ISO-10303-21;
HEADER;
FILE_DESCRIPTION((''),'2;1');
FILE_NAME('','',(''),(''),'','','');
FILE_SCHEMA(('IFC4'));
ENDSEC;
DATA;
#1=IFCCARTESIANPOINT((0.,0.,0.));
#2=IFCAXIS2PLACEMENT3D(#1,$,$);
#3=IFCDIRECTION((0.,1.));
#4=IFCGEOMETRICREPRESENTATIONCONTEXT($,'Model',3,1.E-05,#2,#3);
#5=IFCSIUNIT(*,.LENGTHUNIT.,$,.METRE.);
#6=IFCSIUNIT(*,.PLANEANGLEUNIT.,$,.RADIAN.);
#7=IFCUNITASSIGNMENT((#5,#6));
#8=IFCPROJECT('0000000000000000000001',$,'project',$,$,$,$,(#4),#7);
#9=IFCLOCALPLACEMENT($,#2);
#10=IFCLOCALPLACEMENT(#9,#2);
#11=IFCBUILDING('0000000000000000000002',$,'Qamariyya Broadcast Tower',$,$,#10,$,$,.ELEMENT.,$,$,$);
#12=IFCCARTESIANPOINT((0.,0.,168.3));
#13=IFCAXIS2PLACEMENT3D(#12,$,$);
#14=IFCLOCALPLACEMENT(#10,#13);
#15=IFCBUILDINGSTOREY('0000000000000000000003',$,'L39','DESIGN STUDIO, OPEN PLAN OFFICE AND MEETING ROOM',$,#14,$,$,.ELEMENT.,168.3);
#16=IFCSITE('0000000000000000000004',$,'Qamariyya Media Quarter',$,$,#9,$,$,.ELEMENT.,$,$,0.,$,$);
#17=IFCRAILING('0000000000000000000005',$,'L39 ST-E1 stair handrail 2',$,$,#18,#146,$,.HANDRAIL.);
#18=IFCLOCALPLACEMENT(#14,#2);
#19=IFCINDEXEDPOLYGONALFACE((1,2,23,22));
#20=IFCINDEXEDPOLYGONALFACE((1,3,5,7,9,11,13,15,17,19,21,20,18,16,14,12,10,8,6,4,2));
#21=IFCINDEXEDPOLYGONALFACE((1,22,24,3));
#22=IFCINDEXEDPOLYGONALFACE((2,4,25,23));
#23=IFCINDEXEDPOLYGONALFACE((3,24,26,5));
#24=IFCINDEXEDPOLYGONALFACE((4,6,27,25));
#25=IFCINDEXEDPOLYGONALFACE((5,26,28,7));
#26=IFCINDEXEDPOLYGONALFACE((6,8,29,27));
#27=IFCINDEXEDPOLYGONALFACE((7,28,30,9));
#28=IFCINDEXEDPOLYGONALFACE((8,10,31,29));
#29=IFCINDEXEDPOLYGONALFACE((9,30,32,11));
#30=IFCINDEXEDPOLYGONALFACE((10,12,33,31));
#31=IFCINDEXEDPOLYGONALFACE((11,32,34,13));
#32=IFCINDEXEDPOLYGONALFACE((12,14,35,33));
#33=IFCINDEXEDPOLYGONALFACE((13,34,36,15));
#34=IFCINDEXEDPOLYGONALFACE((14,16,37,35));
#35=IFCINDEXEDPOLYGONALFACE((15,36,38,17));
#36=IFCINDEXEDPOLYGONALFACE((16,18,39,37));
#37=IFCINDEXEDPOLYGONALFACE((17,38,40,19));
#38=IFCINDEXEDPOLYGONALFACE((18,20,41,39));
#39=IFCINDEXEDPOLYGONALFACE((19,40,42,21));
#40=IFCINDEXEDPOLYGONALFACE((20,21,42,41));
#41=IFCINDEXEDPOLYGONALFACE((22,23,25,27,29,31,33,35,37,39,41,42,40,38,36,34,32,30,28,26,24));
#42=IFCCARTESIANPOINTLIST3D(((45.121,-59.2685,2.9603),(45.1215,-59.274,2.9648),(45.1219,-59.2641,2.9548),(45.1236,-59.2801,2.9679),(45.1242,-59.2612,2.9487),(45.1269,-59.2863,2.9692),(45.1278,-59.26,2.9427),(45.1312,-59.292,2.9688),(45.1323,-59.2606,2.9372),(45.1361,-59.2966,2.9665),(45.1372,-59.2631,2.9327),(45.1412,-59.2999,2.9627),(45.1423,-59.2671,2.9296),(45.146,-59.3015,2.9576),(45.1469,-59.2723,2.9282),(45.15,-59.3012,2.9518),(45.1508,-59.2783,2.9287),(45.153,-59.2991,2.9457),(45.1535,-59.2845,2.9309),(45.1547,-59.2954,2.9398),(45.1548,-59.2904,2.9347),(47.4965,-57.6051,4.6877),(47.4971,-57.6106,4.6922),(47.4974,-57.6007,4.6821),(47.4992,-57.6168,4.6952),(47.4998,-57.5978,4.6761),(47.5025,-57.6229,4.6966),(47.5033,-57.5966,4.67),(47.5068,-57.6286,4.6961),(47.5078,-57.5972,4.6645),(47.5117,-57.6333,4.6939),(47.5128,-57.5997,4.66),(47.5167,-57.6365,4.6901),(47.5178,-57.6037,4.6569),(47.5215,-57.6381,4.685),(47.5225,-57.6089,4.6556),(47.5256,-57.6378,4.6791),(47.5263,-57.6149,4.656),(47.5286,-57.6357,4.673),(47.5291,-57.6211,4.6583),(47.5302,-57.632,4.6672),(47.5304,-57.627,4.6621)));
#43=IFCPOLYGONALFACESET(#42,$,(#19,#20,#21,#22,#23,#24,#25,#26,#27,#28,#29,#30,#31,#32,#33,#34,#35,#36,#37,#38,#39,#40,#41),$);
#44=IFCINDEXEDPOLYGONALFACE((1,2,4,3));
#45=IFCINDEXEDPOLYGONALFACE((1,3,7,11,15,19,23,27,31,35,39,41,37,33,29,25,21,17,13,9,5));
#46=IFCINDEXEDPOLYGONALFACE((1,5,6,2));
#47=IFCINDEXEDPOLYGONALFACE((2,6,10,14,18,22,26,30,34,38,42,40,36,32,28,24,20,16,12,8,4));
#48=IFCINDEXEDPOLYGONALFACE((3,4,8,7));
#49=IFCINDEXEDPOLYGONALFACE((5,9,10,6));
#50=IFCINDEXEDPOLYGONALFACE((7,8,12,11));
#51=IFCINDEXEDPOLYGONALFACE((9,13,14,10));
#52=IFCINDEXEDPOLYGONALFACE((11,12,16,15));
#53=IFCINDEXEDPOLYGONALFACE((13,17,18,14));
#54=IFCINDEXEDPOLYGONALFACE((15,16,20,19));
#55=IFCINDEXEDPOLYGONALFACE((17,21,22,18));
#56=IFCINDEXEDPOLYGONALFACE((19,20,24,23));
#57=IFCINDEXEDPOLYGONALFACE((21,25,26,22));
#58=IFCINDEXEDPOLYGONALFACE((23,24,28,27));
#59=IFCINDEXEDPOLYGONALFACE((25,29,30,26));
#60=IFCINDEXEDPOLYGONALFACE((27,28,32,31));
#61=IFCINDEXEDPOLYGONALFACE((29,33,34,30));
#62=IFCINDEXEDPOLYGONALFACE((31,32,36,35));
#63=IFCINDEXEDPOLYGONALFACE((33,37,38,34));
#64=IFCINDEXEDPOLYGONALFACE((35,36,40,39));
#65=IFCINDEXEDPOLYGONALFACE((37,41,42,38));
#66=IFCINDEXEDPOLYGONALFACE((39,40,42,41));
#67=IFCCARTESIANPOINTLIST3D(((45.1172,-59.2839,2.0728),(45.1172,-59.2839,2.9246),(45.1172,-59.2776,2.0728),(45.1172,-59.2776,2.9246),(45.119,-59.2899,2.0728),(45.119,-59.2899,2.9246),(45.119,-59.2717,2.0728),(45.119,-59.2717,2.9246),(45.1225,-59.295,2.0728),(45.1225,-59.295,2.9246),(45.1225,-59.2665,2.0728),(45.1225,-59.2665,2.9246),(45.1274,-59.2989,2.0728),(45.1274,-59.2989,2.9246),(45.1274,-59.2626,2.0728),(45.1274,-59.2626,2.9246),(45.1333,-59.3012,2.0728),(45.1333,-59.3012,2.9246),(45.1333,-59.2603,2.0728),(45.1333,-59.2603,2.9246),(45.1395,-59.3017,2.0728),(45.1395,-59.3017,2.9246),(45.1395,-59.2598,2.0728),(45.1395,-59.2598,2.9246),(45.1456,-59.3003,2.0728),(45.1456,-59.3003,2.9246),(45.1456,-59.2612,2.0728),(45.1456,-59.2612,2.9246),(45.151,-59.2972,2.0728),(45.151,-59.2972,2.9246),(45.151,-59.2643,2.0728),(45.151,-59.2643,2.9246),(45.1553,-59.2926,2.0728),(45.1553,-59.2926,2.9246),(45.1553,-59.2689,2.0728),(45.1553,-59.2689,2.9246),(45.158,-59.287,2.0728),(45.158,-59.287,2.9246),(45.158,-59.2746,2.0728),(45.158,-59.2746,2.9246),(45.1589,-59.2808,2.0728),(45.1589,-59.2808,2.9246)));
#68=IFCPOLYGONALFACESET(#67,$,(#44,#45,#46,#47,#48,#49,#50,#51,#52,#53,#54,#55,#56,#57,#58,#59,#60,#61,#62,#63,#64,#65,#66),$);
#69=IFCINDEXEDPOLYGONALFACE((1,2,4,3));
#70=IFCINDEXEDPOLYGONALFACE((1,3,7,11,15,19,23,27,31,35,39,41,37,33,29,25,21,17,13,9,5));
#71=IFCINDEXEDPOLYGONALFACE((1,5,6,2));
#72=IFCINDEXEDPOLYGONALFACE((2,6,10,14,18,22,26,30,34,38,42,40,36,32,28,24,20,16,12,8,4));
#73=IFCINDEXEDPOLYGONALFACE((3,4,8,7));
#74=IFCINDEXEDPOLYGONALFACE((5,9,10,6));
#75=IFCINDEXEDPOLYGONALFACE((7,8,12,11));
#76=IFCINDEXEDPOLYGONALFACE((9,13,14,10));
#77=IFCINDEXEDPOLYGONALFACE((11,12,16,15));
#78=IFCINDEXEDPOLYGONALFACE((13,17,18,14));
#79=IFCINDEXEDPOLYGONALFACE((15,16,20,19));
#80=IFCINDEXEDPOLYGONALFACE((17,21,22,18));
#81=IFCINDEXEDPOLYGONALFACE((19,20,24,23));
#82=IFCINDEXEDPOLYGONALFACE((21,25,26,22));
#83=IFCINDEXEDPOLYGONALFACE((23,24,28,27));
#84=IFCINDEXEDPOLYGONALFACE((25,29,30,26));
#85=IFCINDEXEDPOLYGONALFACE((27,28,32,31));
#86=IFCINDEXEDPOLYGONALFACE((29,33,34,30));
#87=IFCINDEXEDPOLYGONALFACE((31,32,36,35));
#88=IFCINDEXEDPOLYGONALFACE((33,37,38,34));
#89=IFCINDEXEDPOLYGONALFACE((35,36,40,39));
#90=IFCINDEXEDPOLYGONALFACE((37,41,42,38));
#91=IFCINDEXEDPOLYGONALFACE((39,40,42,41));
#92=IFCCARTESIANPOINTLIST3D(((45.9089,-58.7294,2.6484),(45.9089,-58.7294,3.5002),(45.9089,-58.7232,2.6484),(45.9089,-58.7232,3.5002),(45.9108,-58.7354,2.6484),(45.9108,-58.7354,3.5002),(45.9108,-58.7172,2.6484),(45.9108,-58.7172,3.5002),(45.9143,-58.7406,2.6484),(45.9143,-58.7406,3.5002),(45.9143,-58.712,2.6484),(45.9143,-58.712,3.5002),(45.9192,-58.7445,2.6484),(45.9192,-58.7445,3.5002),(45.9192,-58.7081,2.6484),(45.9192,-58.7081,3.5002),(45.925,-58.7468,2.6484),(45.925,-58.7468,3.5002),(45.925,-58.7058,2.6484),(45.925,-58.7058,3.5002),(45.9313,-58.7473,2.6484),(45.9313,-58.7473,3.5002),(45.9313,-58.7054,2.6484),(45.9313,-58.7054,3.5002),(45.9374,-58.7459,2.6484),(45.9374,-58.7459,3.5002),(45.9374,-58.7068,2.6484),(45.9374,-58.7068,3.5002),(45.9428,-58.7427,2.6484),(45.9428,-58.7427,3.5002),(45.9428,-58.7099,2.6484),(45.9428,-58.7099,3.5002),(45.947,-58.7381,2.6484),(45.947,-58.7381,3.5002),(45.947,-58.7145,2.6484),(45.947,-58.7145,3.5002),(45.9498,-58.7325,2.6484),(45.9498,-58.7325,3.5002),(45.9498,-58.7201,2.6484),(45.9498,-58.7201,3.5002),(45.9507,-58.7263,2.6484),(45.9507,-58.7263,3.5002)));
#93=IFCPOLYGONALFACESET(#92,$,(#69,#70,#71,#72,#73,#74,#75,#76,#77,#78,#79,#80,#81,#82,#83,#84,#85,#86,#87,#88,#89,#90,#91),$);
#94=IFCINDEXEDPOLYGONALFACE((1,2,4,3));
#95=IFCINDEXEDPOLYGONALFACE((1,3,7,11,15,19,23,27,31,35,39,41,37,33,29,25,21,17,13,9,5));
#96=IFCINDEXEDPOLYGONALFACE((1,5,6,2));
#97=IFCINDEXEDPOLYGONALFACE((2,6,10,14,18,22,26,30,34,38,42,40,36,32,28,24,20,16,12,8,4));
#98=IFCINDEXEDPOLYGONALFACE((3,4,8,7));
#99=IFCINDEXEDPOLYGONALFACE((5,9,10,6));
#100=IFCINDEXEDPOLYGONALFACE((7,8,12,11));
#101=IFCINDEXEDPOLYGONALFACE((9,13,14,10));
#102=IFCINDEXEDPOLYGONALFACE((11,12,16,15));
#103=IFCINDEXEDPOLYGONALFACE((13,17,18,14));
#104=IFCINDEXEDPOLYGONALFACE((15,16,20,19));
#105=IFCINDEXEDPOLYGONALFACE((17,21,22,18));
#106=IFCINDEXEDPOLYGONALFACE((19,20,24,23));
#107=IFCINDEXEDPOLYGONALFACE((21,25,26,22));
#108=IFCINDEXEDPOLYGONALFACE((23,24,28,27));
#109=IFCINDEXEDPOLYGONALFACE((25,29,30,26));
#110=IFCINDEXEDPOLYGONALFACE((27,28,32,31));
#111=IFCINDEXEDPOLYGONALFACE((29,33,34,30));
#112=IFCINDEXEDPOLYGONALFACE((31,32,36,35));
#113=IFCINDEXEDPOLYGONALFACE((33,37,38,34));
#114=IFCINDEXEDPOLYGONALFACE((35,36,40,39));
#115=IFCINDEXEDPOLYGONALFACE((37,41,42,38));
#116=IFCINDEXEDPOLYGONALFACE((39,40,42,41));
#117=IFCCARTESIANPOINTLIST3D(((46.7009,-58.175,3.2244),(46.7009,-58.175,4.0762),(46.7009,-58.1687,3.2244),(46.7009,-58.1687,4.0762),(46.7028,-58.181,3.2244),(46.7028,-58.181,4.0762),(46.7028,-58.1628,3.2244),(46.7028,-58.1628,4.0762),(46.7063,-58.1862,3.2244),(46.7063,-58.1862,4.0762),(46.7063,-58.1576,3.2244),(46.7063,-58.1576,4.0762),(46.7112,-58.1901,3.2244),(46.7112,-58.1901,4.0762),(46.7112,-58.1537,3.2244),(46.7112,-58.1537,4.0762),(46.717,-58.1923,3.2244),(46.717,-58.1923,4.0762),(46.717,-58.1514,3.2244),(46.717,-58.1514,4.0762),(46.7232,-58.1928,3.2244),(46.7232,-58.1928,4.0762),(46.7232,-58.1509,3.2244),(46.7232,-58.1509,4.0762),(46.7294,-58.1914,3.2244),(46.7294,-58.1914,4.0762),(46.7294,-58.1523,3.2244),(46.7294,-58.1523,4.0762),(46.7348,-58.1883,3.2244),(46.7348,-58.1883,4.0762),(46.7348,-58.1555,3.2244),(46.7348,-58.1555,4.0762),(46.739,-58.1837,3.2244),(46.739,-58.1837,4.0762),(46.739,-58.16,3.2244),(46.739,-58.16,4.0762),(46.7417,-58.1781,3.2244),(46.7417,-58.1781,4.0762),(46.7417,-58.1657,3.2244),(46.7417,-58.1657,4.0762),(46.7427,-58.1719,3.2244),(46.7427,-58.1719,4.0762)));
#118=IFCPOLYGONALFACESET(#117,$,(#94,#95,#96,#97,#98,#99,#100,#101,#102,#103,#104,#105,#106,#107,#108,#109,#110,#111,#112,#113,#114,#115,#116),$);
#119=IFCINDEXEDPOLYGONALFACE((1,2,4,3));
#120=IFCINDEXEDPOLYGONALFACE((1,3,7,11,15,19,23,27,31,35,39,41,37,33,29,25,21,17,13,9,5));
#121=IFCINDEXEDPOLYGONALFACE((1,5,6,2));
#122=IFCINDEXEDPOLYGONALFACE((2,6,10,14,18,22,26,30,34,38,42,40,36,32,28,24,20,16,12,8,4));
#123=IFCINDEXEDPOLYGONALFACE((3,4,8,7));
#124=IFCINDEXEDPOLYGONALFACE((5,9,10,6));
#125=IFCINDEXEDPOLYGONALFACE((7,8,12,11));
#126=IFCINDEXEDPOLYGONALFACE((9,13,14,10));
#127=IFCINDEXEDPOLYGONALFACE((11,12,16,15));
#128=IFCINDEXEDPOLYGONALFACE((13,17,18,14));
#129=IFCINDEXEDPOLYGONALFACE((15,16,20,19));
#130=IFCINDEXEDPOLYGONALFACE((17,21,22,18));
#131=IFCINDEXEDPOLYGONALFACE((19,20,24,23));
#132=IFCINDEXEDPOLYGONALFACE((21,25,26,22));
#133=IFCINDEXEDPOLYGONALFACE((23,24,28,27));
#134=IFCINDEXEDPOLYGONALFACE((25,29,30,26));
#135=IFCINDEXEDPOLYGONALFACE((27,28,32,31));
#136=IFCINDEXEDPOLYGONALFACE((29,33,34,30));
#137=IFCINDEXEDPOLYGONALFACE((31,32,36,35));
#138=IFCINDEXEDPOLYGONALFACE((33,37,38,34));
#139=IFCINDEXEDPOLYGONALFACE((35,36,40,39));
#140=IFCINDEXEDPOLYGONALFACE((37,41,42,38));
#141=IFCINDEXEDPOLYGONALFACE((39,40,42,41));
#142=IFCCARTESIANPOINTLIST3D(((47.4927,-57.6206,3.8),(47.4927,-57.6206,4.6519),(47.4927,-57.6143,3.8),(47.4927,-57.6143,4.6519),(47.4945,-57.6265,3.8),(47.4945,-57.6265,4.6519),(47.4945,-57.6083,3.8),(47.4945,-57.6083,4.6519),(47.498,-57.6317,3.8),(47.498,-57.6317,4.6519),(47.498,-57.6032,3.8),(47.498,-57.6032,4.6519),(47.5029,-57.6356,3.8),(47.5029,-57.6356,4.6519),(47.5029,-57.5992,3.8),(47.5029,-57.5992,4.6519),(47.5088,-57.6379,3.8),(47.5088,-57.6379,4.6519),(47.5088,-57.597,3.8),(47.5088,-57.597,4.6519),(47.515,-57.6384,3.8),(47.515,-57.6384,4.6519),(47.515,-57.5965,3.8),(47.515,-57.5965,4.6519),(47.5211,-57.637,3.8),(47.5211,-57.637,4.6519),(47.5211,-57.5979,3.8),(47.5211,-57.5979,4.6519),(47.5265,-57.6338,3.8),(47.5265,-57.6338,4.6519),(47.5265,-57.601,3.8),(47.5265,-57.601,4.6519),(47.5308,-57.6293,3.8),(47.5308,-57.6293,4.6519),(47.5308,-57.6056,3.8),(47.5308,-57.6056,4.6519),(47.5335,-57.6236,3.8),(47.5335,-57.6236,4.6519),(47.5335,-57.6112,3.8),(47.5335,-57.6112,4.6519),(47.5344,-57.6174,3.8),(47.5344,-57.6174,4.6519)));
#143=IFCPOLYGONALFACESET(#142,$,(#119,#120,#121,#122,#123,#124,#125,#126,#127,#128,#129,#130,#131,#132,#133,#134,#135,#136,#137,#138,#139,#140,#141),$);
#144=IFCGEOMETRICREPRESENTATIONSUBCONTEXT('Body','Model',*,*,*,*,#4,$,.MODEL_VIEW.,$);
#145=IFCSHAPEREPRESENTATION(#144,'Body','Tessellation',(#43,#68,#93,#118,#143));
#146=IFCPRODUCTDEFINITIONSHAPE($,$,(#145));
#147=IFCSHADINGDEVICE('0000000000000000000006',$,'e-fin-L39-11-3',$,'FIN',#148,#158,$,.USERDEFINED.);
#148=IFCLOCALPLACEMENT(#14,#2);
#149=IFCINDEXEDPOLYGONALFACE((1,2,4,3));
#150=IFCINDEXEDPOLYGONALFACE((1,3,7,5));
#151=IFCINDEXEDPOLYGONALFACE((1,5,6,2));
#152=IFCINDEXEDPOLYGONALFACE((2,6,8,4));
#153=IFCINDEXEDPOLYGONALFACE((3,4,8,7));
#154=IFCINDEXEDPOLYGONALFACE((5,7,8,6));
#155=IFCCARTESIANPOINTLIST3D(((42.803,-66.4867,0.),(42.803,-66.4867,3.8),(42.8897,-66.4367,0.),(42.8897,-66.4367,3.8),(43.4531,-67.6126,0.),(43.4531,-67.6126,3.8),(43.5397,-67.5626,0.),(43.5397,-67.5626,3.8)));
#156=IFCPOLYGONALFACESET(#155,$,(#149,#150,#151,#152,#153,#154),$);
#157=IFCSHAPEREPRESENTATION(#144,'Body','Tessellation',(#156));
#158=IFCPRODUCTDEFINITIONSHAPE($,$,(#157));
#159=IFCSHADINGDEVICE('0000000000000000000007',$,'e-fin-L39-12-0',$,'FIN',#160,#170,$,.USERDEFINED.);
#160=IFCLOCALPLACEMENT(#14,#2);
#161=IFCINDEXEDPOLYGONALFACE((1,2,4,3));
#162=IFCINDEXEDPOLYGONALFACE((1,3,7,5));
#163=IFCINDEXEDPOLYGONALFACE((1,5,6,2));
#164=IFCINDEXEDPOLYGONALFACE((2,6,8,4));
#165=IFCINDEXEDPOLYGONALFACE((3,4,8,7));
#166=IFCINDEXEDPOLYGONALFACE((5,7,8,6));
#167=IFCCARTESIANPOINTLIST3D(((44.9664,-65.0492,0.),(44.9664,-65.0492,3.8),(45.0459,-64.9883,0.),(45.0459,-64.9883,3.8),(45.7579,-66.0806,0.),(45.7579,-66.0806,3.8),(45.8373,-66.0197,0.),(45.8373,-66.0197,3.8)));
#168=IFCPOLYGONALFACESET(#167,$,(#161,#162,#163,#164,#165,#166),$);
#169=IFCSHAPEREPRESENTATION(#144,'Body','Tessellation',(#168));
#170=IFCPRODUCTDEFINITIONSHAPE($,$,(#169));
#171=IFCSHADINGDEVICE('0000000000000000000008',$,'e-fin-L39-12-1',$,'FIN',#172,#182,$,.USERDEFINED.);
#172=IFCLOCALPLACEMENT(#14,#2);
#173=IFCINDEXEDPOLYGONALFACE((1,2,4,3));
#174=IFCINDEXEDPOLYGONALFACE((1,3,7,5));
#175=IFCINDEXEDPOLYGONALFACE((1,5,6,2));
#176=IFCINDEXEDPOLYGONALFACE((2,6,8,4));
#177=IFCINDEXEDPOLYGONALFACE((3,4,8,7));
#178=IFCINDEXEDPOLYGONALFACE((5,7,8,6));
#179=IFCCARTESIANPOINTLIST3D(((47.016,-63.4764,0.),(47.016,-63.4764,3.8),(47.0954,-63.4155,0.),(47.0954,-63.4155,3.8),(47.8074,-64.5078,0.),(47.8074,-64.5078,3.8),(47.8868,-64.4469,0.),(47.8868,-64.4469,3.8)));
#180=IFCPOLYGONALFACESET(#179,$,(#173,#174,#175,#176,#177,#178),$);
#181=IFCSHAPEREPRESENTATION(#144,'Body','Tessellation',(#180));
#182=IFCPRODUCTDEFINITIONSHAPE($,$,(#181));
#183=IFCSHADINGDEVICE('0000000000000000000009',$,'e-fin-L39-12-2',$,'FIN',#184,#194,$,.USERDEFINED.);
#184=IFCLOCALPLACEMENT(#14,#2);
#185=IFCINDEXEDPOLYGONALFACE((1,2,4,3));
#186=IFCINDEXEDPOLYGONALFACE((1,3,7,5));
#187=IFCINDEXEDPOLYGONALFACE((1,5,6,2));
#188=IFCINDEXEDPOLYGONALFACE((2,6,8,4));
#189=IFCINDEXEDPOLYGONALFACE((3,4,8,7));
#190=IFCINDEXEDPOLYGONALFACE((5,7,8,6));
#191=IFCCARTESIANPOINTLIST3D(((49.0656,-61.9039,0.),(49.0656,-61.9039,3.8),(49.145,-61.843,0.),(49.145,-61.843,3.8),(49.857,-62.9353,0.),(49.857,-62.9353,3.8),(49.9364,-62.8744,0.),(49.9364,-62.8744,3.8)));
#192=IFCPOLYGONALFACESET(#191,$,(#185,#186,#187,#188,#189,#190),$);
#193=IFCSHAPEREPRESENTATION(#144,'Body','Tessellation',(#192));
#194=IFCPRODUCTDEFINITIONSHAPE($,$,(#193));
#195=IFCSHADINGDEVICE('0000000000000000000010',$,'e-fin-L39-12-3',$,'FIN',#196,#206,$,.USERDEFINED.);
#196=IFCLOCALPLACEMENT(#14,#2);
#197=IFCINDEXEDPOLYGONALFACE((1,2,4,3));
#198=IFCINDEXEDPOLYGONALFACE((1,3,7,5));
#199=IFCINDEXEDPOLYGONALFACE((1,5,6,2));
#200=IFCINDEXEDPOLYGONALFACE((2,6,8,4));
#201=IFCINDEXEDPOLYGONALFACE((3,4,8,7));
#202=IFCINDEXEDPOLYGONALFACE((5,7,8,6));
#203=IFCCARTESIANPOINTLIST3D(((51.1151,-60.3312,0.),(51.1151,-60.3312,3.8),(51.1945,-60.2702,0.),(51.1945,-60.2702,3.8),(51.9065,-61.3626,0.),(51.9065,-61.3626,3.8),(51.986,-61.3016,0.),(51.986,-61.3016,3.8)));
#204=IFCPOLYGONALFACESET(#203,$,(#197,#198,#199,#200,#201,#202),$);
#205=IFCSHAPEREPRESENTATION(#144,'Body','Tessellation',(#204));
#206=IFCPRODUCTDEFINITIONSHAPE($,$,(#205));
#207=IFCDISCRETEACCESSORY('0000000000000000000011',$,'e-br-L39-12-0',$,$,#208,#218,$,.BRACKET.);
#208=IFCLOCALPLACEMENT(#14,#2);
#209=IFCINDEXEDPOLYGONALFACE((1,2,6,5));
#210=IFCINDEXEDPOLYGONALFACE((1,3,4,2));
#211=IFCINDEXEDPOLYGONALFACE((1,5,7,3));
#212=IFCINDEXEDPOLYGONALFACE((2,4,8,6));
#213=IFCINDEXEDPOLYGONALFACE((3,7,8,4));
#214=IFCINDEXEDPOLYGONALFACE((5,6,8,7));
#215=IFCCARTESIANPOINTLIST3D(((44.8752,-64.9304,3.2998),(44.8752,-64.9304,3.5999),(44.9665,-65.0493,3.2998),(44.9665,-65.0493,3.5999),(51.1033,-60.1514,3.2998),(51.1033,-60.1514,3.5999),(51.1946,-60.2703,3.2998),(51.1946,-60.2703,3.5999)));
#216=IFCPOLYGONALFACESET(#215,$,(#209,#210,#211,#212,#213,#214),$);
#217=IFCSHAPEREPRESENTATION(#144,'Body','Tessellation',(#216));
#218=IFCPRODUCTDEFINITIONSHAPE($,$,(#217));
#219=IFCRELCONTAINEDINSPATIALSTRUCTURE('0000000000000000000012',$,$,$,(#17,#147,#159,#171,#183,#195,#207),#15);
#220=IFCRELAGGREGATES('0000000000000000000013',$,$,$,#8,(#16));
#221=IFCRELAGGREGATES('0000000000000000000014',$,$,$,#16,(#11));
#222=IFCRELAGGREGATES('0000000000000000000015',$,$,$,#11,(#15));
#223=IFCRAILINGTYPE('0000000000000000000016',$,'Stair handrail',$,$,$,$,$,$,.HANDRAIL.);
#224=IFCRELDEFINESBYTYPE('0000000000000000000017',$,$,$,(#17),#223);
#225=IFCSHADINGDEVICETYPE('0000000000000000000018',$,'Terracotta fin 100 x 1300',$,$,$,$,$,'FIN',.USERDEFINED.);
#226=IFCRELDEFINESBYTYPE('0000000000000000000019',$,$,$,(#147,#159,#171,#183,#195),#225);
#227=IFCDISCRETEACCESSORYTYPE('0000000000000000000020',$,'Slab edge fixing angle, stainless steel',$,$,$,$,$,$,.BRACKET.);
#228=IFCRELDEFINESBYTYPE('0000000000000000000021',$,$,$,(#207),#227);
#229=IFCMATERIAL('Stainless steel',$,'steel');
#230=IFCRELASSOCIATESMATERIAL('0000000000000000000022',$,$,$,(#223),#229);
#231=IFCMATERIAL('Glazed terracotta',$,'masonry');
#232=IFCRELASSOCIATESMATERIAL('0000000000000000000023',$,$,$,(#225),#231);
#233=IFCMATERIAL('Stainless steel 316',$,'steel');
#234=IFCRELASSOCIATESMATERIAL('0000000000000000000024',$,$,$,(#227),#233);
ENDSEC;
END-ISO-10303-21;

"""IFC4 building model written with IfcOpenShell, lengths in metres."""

from ifc_helpers import new_model, si_unit, direction, frame, origin, origin_2d, place, context, subcontext, project, spatial, rectangle, circle, extrude, material, material_profile, profile_set, type_object, element, save


model = new_model("IFC4")

# Units and contexts
model_context = context("Model", 3, precision=1e-05, world=origin(), true_north=direction((0.0, 1.0)))
body_context = subcontext(model_context, "Body", "Model", "MODEL_VIEW")
ifc_project = project(units=[si_unit("LENGTHUNIT", "METRE"), si_unit("PLANEANGLEUNIT", "RADIAN")], contexts=[model_context])

# Site, building, storey
site_placement = place(None, origin())
site = spatial("IfcSite", under=ifc_project, at=site_placement, Name="Qamariyya Media Quarter", CompositionType="ELEMENT", RefElevation=0.0)
building_placement = place(site_placement, origin())
building = spatial("IfcBuilding", under=site, at=building_placement, Name="Qamariyya Broadcast Tower", CompositionType="ELEMENT")
storey_placement = place(building_placement, frame((0.0, 0.0, 168.3)))
storey = spatial("IfcBuildingStorey", under=building, at=storey_placement, Name="L39", Description="DESIGN STUDIO, OPEN PLAN OFFICE AND MEETING ROOM", CompositionType="ELEMENT", Elevation=168.3)

# Railing
ifc_material_1 = material(Name="Stainless steel", Category="steel")
railing_type_1 = type_object("IfcRailingType", Name="Stair handrail", PredefinedType="HANDRAIL", material=ifc_material_1)
railing_1_placement = place(storey_placement, frame((45.1379, -59.2808, 2.0728)))
element("IfcRailing", 1, at=railing_1_placement, inside=storey, type_object=railing_type_1, Name="L39 ST-E1 stair handrail 2", PredefinedType="HANDRAIL", context=body_context, shape_type="SweptSolid", body=[
    extrude(circle(Radius=0.0239, at=origin_2d()), frame((0.0, 0.0, 0.876), z_axis=(0.70377, 0.492784, 0.511734), x_axis=(-0.573575, 0.819153, 0.0)), (0.0, 0.0, 1.0), 3.3755),
    extrude(circle(Radius=0.021, at=origin_2d()), origin(), (0.0, 0.0, 1.0), 0.8518),
    extrude(circle(Radius=0.021, at=origin_2d()), frame((0.7917, 0.5544, 0.5757)), (0.0, 0.0, 1.0), 0.8518),
    extrude(circle(Radius=0.021, at=origin_2d()), frame((1.5837, 1.1089, 1.1516)), (0.0, 0.0, 1.0), 0.8518),
    extrude(circle(Radius=0.021, at=origin_2d()), frame((2.3755, 1.6633, 1.7273)), (0.0, 0.0, 1.0), 0.8518),
])

# Shading devices
ifc_material_2 = material(Name="Glazed terracotta", Category="masonry")
ifc_material_profile_1 = material_profile(ifc_material_2, rectangle(XDim=1.3, YDim=0.1001, at=origin_2d()))
ifc_profile_set_1 = profile_set([ifc_material_profile_1], Name="Glazed terracotta")
shading_device_type_1 = type_object("IfcShadingDeviceType", Name="Terracotta fin 100 x 1300", ElementType="FIN", PredefinedType="USERDEFINED", material=ifc_profile_set_1)
for number, where, z_axis, x_axis, name in (
    (2, (43.1714, -67.0247, 0.0), (0.0, 0.0, 1.0), (0.5, -0.866025, 0.0), "e-fin-L39-11-3"),
    (3, (45.4019, -65.5344, 0.0), (0.0, 0.0, 1.0), (0.608761, -0.793353, 0.0), "e-fin-L39-12-0"),
    (4, (47.4514, -63.9617, 0.0), (0.0, 0.0, 1.0), (0.608761, -0.793353, 0.0), "e-fin-L39-12-1"),
    (5, (49.501, -62.3892, 0.0), (0.0, 0.0, 1.0), (0.608761, -0.793353, 0.0), "e-fin-L39-12-2"),
    (6, (51.5505, -60.8164, 0.0), (0.0, 0.0, 1.0), (0.608761, -0.793353, 0.0), "e-fin-L39-12-3"),
):
    element("IfcShadingDevice", number, at=place(storey_placement, frame(where, z_axis=z_axis, x_axis=x_axis)), inside=storey, type_object=shading_device_type_1, Name=name, ObjectType="FIN", PredefinedType="USERDEFINED", context=body_context, shape_type="SweptSolid", body=[
        extrude(rectangle(XDim=1.3, YDim=0.1001, at=origin_2d()), origin(), (0.0, 0.0, 1.0), 3.8),
    ])

# Discrete accessory
ifc_material_3 = material(Name="Stainless steel 316", Category="steel")
discrete_accessory_type = type_object("IfcDiscreteAccessoryType", Name="Slab edge fixing angle, stainless steel", PredefinedType="BRACKET", material=ifc_material_3)
discrete_accessory_placement = place(storey_placement, frame((48.0349, -62.6003, 3.2998), z_axis=(0.0, 0.0, 1.0), x_axis=(0.793353, 0.608761, 0.0)))
element("IfcDiscreteAccessory", 7, at=discrete_accessory_placement, inside=storey, type_object=discrete_accessory_type, Name="e-br-L39-12-0", PredefinedType="BRACKET", context=body_context, shape_type="SweptSolid", body=[
    extrude(rectangle(XDim=7.8503, YDim=0.1499, at=origin_2d()), origin(), (0.0, 0.0, 1.0), 0.3),
])

save(model, "model.ifc")
